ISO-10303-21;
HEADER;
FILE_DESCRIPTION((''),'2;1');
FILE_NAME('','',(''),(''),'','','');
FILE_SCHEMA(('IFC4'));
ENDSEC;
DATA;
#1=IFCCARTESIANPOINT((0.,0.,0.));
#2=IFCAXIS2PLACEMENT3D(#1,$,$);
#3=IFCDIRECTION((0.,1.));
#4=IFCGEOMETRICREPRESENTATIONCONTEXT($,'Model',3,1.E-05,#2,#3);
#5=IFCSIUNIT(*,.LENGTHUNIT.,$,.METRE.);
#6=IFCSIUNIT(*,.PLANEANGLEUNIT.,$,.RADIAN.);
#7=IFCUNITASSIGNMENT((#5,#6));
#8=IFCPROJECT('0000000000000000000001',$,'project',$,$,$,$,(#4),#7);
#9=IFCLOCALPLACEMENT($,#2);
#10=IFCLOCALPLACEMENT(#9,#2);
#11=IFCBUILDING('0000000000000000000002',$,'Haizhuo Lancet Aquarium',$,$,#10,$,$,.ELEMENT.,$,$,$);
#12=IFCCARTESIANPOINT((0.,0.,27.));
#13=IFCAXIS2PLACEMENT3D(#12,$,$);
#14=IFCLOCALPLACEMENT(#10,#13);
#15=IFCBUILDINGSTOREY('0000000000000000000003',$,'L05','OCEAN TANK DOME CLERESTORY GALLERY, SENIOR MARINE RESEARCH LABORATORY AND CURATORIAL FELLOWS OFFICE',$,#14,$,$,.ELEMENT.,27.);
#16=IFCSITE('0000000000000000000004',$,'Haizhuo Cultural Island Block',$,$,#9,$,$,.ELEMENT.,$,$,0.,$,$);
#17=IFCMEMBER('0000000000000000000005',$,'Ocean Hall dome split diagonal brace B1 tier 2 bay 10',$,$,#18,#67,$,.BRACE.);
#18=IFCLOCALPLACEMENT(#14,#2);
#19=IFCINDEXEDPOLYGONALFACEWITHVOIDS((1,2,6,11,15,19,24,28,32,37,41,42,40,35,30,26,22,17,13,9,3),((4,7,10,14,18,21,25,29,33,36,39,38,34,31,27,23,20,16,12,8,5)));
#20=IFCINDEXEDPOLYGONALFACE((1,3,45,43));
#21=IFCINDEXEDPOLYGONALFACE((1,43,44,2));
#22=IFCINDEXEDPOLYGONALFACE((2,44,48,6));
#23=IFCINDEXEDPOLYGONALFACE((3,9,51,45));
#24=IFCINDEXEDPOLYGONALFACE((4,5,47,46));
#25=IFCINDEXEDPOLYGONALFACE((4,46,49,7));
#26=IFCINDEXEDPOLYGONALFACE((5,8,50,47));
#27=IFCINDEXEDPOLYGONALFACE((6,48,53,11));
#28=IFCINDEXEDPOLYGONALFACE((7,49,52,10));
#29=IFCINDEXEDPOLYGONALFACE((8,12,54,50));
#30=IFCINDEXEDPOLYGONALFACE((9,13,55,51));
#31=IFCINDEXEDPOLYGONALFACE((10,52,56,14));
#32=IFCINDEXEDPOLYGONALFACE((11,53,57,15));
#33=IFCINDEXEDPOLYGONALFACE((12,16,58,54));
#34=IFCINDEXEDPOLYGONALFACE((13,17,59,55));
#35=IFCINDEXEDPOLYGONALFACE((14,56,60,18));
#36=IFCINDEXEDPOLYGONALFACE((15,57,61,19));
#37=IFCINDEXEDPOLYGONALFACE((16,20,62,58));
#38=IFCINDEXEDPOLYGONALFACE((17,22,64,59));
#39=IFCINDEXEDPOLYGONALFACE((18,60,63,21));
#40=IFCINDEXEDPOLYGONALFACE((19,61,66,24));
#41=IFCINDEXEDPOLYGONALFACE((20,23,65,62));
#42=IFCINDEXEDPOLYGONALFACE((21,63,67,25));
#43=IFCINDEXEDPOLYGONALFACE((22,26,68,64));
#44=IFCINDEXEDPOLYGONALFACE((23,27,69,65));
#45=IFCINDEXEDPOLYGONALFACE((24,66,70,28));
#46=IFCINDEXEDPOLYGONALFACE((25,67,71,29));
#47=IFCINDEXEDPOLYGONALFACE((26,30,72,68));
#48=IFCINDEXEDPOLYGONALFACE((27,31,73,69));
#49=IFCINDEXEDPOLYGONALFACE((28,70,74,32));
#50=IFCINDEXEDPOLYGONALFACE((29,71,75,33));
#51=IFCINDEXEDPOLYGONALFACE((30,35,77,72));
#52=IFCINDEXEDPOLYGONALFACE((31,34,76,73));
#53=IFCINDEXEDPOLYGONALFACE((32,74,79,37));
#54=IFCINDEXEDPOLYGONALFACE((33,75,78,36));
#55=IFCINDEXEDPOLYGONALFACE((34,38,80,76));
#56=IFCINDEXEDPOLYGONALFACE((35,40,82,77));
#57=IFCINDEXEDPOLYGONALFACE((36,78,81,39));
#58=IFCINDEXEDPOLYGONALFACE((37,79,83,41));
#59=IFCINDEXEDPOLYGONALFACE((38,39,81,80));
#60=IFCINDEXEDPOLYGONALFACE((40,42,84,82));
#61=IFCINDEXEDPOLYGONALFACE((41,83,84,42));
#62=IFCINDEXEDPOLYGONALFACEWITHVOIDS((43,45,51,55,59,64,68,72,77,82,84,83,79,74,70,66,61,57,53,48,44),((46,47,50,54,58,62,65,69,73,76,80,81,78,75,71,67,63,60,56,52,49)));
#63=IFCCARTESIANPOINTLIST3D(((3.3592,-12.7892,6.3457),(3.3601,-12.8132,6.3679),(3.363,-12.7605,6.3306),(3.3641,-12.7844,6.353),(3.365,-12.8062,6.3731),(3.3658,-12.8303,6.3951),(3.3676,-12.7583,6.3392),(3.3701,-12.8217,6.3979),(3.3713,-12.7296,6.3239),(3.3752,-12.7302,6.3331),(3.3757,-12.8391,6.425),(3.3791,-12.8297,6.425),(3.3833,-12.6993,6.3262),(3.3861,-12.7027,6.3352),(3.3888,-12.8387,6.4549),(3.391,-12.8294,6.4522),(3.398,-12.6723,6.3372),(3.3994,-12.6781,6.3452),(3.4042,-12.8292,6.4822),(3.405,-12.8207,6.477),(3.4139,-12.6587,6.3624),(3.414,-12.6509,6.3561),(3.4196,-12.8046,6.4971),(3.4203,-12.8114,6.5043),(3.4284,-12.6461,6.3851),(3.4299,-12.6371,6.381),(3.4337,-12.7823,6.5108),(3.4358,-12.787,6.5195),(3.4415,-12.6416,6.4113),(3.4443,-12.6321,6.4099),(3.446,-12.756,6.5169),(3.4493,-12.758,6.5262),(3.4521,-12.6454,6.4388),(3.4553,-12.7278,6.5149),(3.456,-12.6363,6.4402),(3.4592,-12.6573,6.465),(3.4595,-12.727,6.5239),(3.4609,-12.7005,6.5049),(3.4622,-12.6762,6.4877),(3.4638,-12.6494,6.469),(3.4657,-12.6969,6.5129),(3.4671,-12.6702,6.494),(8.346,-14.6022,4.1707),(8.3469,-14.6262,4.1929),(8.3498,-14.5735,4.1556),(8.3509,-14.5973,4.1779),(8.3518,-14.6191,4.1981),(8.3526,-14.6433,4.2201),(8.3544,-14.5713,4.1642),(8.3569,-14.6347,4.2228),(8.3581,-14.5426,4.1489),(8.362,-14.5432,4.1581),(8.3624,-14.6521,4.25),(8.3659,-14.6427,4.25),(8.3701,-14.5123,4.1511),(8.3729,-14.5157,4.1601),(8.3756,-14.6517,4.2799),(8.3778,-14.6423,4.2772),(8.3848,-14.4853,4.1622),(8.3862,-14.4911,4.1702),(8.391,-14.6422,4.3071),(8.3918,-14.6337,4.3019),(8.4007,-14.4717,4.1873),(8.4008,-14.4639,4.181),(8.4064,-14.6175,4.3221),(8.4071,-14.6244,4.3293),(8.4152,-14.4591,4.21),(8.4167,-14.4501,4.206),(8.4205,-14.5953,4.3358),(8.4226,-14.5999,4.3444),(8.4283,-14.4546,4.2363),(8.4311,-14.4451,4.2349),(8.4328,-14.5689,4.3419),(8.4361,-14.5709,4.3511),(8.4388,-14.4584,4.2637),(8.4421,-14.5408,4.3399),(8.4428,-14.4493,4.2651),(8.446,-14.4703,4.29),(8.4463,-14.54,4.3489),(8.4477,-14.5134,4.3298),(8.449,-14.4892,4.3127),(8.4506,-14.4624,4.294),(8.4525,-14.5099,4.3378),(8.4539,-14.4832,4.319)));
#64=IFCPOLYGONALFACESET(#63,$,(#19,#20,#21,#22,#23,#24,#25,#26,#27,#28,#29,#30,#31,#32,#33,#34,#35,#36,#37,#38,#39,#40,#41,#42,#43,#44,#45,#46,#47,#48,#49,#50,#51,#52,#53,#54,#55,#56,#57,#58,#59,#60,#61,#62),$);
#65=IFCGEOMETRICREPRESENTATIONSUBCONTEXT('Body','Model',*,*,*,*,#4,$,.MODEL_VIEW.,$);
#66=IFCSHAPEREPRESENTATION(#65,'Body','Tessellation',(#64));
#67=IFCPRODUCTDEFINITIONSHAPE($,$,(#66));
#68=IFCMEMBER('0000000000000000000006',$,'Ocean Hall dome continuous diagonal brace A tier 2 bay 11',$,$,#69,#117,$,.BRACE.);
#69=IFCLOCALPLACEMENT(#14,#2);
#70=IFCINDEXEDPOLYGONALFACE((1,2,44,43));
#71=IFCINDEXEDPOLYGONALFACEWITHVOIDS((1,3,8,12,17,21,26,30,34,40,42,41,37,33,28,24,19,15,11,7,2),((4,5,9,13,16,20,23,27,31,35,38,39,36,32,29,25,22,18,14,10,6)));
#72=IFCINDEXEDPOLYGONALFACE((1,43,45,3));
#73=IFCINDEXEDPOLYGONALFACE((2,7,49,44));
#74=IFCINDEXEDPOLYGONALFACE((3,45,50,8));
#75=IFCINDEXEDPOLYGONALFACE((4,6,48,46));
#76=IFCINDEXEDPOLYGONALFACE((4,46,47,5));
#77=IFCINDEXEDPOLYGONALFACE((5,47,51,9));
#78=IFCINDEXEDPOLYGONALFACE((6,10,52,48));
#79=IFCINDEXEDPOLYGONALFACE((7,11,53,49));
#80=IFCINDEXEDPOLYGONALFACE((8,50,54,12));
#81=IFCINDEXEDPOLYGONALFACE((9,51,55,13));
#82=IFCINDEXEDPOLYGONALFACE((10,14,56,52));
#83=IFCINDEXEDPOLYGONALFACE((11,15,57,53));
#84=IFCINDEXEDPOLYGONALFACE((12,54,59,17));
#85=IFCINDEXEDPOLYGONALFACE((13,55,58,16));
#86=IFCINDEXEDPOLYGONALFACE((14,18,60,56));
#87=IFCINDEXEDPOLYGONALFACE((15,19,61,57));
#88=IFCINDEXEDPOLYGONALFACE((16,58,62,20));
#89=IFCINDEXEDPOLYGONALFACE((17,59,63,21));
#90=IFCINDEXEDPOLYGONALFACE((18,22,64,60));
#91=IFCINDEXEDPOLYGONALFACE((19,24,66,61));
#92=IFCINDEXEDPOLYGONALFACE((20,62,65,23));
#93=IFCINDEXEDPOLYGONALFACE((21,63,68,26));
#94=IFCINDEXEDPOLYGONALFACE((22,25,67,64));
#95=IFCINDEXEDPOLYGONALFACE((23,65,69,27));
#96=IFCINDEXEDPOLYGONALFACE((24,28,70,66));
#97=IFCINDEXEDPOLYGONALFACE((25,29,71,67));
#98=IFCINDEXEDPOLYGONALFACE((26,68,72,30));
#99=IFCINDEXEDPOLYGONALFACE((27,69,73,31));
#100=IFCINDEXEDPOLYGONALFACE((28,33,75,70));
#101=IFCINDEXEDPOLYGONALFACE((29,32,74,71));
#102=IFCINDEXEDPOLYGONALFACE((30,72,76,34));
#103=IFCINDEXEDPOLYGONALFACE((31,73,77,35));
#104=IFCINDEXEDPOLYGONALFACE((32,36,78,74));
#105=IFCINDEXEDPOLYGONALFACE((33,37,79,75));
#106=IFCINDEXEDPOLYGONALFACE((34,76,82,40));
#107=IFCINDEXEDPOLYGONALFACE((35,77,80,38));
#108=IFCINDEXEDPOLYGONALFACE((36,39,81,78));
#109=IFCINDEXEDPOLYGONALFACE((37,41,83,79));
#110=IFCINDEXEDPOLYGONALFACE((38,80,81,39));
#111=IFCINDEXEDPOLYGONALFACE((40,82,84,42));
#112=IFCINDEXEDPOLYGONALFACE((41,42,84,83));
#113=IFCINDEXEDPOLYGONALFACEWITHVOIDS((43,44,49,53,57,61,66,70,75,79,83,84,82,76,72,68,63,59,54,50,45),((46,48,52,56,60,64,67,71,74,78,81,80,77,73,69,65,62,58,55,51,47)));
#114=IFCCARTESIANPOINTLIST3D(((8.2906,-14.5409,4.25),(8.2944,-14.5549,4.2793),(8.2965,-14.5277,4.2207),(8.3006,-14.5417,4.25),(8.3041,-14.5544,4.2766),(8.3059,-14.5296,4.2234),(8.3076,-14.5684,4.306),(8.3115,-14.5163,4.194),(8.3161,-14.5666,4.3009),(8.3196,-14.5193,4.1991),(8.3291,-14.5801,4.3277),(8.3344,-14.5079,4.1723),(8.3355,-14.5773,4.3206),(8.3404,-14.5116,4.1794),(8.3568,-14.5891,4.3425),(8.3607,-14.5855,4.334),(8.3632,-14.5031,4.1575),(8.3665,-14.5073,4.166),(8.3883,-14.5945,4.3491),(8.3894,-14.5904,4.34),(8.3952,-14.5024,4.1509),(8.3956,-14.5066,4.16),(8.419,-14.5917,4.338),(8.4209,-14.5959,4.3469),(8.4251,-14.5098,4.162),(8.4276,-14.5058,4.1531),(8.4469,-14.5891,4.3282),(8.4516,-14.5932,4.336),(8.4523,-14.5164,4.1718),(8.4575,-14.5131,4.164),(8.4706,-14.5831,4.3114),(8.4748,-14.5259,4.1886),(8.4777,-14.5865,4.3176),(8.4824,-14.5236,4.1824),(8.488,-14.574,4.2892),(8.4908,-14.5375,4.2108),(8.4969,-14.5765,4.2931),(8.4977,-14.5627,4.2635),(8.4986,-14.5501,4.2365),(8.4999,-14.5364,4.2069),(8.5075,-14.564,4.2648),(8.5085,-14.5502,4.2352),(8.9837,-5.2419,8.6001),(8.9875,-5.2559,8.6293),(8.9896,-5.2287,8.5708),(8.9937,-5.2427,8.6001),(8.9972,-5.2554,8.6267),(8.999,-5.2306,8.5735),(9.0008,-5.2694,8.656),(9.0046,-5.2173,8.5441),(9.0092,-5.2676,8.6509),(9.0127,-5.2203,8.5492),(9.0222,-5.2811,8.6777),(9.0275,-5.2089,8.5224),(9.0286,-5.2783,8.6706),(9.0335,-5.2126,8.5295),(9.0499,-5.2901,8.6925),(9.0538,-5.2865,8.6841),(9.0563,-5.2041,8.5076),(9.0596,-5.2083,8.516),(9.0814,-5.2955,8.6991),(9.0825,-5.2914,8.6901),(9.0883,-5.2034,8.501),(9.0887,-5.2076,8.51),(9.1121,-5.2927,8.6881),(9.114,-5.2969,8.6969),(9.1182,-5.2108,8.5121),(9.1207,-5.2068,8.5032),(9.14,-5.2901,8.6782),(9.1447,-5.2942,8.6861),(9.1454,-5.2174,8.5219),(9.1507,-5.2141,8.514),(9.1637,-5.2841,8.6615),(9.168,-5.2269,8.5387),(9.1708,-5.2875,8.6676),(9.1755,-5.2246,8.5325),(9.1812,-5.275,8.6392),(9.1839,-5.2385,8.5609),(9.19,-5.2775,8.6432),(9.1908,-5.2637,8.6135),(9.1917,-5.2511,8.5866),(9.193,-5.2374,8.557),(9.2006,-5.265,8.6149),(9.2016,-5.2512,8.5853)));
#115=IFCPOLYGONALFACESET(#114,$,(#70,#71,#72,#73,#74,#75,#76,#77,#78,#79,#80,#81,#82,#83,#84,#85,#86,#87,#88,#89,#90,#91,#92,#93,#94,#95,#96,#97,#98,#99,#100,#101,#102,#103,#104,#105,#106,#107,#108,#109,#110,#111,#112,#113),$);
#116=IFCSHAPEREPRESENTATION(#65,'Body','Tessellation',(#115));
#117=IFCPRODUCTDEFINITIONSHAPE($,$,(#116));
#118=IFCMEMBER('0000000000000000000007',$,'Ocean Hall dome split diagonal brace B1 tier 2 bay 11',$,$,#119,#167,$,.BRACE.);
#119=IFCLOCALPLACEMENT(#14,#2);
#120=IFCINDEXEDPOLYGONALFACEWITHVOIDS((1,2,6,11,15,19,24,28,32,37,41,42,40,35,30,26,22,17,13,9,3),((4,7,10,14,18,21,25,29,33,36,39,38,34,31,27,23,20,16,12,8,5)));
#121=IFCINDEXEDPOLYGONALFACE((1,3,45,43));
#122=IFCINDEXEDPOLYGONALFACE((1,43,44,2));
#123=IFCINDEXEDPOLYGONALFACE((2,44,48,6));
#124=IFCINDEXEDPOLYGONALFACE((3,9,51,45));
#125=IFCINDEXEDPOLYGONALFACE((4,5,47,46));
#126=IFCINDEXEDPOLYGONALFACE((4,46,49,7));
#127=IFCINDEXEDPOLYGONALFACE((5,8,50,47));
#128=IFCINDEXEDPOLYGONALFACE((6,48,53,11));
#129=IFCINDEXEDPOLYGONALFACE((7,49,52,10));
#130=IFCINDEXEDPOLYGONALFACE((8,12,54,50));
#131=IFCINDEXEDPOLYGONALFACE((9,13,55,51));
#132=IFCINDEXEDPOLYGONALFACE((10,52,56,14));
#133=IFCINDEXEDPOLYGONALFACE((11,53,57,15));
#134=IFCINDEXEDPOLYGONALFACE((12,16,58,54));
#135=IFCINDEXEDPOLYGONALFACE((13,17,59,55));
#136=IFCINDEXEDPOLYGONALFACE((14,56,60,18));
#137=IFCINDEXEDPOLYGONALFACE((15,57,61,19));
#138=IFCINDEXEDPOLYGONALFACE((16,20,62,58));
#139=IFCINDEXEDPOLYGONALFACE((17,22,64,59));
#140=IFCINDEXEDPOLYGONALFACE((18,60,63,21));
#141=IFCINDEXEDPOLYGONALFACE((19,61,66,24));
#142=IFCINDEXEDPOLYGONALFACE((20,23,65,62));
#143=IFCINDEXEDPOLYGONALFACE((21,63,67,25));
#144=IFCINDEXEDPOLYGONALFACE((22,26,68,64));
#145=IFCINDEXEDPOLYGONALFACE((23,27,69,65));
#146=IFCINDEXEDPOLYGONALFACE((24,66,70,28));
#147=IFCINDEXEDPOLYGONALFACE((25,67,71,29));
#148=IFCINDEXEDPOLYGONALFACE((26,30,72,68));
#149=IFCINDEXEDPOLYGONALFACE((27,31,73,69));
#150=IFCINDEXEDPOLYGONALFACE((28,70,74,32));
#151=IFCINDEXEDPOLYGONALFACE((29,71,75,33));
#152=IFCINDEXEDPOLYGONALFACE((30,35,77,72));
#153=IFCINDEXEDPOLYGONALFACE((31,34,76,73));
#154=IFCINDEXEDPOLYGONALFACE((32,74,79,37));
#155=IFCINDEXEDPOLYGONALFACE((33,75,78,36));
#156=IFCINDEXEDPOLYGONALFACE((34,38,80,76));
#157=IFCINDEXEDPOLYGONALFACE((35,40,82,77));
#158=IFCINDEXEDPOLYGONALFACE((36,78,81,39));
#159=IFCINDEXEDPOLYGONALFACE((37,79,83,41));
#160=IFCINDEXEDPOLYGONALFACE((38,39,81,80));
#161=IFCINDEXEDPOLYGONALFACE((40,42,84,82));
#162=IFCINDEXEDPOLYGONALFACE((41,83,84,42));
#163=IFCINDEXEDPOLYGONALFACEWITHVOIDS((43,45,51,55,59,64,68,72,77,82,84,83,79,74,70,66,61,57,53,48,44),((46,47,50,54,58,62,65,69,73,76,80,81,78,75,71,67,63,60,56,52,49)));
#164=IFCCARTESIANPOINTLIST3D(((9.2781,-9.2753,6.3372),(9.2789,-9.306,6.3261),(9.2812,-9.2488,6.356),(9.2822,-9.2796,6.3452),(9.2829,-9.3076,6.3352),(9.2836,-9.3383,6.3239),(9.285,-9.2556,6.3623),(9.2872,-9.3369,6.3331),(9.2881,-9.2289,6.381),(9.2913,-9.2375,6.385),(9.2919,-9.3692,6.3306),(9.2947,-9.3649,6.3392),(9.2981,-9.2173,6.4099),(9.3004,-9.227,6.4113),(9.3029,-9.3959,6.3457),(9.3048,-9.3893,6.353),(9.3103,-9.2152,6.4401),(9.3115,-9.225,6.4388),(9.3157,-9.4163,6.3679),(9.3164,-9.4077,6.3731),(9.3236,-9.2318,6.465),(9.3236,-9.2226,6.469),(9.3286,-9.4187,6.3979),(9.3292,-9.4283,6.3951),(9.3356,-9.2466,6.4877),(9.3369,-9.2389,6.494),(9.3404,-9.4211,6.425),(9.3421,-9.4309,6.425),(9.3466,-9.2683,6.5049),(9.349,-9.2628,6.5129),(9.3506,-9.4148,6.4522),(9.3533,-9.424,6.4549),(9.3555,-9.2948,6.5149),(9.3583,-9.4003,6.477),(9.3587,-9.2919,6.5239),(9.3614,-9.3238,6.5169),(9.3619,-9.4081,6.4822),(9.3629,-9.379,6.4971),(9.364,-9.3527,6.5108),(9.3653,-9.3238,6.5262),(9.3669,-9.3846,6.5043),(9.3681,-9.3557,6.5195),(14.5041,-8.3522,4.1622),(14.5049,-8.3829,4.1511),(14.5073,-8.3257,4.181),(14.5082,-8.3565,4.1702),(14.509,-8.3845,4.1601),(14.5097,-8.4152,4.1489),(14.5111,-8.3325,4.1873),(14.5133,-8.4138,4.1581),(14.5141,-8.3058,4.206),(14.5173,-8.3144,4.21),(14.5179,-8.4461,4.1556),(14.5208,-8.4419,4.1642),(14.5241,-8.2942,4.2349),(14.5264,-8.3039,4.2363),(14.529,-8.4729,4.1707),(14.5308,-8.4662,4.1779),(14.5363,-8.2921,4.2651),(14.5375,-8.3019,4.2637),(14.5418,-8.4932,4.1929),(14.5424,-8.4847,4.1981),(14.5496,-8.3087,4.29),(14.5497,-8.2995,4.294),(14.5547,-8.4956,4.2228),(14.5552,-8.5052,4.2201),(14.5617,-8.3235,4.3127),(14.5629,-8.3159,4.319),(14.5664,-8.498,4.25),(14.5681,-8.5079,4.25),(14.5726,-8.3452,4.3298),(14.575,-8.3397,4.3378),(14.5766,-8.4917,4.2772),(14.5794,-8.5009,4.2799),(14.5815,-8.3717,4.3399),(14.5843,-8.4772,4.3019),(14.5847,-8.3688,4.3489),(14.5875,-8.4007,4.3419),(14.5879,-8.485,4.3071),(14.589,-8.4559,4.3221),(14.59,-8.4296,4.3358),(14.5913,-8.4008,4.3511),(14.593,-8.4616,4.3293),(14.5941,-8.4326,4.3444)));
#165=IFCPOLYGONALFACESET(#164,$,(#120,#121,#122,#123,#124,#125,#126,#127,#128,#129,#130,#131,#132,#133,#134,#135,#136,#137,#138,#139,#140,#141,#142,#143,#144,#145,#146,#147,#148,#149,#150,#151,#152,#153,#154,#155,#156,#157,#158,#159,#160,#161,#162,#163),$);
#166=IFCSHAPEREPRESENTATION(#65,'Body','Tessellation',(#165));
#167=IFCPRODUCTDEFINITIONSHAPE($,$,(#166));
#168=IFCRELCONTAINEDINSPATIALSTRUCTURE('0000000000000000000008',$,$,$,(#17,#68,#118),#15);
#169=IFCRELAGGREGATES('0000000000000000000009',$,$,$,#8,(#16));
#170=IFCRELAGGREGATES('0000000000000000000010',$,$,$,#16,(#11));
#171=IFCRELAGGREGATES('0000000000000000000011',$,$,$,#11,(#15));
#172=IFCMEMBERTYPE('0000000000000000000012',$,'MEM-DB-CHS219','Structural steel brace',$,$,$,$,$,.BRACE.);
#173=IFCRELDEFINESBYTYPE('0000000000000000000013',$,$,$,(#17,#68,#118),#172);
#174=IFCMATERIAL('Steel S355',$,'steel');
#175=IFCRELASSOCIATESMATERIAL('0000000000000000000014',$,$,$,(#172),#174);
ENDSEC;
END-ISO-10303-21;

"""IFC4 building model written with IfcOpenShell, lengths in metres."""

from ifc_helpers import new_model, si_unit, direction, frame, origin, origin_2d, place, context, subcontext, project, spatial, hollow_circle, extrude, material, material_profile, profile_set, type_object, element, save


model = new_model("IFC4")

# Units and contexts
model_context = context("Model", 3, precision=1e-05, world=origin(), true_north=direction((0.0, 1.0)))
body_context = subcontext(model_context, "Body", "Model", "MODEL_VIEW")
ifc_project = project(units=[si_unit("LENGTHUNIT", "METRE"), si_unit("PLANEANGLEUNIT", "RADIAN")], contexts=[model_context])

# Site, building, storey
site_placement = place(None, origin())
site = spatial("IfcSite", under=ifc_project, at=site_placement, Name="Haizhuo Cultural Island Block", CompositionType="ELEMENT", RefElevation=0.0)
building_placement = place(site_placement, origin())
building = spatial("IfcBuilding", under=site, at=building_placement, Name="Haizhuo Lancet Aquarium", CompositionType="ELEMENT")
storey_placement = place(building_placement, frame((0.0, 0.0, 27.0)))
storey = spatial("IfcBuildingStorey", under=building, at=storey_placement, Name="L05", Description="OCEAN TANK DOME CLERESTORY GALLERY, SENIOR MARINE RESEARCH LABORATORY AND CURATORIAL FELLOWS OFFICE", CompositionType="ELEMENT", Elevation=27.0)

# Members
ifc_material_1 = material(Name="Steel S355", Category="steel")
ifc_material_profile_1 = material_profile(ifc_material_1, hollow_circle(Radius=0.1096, WallThickness=0.01, at=origin_2d()), Name="CHS 219x10")
ifc_profile_set_1 = profile_set([ifc_material_profile_1], Name="Steel S355")
member_type_1 = type_object("IfcMemberType", Name="MEM-DB-CHS219", Description="Structural steel brace", PredefinedType="BRACE", material=ifc_profile_set_1)
member_1_placement = place(storey_placement, frame((8.3999, -14.5491, 4.25), z_axis=(-0.869595, 0.316147, 0.379283), x_axis=(-0.341677, -0.939818, 0.0)))
element("IfcMember", 1, at=member_1_placement, inside=storey, type_object=member_type_1, Name="Ocean Hall dome split diagonal brace B1 tier 2 bay 10", PredefinedType="BRACE", context=body_context, shape_type="SweptSolid", body=[
    extrude(hollow_circle(Radius=0.1096, WallThickness=0.01, at=origin_2d()), origin(), (0.0, 0.0, 1.0), 5.7346),
])
member_2_placement = place(storey_placement, frame((8.3999, -14.5491, 4.25), z_axis=(0.067361, 0.903732, 0.422765), x_axis=(-0.997234, 0.07433, 0.0)))
element("IfcMember", 2, at=member_2_placement, inside=storey, type_object=member_type_1, Name="Ocean Hall dome continuous diagonal brace A tier 2 bay 11", PredefinedType="BRACE", context=body_context, shape_type="SweptSolid", body=[
    extrude(hollow_circle(Radius=0.1096, WallThickness=0.01, at=origin_2d()), origin(), (0.0, 0.0, 1.0), 10.2896),
])
member_3_placement = place(storey_placement, frame((14.5491, -8.3999, 4.25), z_axis=(-0.911196, -0.160947, 0.379232), x_axis=(0.17394, -0.984756, 0.0)))
element("IfcMember", 3, at=member_3_placement, inside=storey, type_object=member_type_1, Name="Ocean Hall dome split diagonal brace B1 tier 2 bay 11", PredefinedType="BRACE", context=body_context, shape_type="SweptSolid", body=[
    extrude(hollow_circle(Radius=0.1096, WallThickness=0.01, at=origin_2d()), origin(), (0.0, 0.0, 1.0), 5.7354),
])

save(model, "model.ifc")
